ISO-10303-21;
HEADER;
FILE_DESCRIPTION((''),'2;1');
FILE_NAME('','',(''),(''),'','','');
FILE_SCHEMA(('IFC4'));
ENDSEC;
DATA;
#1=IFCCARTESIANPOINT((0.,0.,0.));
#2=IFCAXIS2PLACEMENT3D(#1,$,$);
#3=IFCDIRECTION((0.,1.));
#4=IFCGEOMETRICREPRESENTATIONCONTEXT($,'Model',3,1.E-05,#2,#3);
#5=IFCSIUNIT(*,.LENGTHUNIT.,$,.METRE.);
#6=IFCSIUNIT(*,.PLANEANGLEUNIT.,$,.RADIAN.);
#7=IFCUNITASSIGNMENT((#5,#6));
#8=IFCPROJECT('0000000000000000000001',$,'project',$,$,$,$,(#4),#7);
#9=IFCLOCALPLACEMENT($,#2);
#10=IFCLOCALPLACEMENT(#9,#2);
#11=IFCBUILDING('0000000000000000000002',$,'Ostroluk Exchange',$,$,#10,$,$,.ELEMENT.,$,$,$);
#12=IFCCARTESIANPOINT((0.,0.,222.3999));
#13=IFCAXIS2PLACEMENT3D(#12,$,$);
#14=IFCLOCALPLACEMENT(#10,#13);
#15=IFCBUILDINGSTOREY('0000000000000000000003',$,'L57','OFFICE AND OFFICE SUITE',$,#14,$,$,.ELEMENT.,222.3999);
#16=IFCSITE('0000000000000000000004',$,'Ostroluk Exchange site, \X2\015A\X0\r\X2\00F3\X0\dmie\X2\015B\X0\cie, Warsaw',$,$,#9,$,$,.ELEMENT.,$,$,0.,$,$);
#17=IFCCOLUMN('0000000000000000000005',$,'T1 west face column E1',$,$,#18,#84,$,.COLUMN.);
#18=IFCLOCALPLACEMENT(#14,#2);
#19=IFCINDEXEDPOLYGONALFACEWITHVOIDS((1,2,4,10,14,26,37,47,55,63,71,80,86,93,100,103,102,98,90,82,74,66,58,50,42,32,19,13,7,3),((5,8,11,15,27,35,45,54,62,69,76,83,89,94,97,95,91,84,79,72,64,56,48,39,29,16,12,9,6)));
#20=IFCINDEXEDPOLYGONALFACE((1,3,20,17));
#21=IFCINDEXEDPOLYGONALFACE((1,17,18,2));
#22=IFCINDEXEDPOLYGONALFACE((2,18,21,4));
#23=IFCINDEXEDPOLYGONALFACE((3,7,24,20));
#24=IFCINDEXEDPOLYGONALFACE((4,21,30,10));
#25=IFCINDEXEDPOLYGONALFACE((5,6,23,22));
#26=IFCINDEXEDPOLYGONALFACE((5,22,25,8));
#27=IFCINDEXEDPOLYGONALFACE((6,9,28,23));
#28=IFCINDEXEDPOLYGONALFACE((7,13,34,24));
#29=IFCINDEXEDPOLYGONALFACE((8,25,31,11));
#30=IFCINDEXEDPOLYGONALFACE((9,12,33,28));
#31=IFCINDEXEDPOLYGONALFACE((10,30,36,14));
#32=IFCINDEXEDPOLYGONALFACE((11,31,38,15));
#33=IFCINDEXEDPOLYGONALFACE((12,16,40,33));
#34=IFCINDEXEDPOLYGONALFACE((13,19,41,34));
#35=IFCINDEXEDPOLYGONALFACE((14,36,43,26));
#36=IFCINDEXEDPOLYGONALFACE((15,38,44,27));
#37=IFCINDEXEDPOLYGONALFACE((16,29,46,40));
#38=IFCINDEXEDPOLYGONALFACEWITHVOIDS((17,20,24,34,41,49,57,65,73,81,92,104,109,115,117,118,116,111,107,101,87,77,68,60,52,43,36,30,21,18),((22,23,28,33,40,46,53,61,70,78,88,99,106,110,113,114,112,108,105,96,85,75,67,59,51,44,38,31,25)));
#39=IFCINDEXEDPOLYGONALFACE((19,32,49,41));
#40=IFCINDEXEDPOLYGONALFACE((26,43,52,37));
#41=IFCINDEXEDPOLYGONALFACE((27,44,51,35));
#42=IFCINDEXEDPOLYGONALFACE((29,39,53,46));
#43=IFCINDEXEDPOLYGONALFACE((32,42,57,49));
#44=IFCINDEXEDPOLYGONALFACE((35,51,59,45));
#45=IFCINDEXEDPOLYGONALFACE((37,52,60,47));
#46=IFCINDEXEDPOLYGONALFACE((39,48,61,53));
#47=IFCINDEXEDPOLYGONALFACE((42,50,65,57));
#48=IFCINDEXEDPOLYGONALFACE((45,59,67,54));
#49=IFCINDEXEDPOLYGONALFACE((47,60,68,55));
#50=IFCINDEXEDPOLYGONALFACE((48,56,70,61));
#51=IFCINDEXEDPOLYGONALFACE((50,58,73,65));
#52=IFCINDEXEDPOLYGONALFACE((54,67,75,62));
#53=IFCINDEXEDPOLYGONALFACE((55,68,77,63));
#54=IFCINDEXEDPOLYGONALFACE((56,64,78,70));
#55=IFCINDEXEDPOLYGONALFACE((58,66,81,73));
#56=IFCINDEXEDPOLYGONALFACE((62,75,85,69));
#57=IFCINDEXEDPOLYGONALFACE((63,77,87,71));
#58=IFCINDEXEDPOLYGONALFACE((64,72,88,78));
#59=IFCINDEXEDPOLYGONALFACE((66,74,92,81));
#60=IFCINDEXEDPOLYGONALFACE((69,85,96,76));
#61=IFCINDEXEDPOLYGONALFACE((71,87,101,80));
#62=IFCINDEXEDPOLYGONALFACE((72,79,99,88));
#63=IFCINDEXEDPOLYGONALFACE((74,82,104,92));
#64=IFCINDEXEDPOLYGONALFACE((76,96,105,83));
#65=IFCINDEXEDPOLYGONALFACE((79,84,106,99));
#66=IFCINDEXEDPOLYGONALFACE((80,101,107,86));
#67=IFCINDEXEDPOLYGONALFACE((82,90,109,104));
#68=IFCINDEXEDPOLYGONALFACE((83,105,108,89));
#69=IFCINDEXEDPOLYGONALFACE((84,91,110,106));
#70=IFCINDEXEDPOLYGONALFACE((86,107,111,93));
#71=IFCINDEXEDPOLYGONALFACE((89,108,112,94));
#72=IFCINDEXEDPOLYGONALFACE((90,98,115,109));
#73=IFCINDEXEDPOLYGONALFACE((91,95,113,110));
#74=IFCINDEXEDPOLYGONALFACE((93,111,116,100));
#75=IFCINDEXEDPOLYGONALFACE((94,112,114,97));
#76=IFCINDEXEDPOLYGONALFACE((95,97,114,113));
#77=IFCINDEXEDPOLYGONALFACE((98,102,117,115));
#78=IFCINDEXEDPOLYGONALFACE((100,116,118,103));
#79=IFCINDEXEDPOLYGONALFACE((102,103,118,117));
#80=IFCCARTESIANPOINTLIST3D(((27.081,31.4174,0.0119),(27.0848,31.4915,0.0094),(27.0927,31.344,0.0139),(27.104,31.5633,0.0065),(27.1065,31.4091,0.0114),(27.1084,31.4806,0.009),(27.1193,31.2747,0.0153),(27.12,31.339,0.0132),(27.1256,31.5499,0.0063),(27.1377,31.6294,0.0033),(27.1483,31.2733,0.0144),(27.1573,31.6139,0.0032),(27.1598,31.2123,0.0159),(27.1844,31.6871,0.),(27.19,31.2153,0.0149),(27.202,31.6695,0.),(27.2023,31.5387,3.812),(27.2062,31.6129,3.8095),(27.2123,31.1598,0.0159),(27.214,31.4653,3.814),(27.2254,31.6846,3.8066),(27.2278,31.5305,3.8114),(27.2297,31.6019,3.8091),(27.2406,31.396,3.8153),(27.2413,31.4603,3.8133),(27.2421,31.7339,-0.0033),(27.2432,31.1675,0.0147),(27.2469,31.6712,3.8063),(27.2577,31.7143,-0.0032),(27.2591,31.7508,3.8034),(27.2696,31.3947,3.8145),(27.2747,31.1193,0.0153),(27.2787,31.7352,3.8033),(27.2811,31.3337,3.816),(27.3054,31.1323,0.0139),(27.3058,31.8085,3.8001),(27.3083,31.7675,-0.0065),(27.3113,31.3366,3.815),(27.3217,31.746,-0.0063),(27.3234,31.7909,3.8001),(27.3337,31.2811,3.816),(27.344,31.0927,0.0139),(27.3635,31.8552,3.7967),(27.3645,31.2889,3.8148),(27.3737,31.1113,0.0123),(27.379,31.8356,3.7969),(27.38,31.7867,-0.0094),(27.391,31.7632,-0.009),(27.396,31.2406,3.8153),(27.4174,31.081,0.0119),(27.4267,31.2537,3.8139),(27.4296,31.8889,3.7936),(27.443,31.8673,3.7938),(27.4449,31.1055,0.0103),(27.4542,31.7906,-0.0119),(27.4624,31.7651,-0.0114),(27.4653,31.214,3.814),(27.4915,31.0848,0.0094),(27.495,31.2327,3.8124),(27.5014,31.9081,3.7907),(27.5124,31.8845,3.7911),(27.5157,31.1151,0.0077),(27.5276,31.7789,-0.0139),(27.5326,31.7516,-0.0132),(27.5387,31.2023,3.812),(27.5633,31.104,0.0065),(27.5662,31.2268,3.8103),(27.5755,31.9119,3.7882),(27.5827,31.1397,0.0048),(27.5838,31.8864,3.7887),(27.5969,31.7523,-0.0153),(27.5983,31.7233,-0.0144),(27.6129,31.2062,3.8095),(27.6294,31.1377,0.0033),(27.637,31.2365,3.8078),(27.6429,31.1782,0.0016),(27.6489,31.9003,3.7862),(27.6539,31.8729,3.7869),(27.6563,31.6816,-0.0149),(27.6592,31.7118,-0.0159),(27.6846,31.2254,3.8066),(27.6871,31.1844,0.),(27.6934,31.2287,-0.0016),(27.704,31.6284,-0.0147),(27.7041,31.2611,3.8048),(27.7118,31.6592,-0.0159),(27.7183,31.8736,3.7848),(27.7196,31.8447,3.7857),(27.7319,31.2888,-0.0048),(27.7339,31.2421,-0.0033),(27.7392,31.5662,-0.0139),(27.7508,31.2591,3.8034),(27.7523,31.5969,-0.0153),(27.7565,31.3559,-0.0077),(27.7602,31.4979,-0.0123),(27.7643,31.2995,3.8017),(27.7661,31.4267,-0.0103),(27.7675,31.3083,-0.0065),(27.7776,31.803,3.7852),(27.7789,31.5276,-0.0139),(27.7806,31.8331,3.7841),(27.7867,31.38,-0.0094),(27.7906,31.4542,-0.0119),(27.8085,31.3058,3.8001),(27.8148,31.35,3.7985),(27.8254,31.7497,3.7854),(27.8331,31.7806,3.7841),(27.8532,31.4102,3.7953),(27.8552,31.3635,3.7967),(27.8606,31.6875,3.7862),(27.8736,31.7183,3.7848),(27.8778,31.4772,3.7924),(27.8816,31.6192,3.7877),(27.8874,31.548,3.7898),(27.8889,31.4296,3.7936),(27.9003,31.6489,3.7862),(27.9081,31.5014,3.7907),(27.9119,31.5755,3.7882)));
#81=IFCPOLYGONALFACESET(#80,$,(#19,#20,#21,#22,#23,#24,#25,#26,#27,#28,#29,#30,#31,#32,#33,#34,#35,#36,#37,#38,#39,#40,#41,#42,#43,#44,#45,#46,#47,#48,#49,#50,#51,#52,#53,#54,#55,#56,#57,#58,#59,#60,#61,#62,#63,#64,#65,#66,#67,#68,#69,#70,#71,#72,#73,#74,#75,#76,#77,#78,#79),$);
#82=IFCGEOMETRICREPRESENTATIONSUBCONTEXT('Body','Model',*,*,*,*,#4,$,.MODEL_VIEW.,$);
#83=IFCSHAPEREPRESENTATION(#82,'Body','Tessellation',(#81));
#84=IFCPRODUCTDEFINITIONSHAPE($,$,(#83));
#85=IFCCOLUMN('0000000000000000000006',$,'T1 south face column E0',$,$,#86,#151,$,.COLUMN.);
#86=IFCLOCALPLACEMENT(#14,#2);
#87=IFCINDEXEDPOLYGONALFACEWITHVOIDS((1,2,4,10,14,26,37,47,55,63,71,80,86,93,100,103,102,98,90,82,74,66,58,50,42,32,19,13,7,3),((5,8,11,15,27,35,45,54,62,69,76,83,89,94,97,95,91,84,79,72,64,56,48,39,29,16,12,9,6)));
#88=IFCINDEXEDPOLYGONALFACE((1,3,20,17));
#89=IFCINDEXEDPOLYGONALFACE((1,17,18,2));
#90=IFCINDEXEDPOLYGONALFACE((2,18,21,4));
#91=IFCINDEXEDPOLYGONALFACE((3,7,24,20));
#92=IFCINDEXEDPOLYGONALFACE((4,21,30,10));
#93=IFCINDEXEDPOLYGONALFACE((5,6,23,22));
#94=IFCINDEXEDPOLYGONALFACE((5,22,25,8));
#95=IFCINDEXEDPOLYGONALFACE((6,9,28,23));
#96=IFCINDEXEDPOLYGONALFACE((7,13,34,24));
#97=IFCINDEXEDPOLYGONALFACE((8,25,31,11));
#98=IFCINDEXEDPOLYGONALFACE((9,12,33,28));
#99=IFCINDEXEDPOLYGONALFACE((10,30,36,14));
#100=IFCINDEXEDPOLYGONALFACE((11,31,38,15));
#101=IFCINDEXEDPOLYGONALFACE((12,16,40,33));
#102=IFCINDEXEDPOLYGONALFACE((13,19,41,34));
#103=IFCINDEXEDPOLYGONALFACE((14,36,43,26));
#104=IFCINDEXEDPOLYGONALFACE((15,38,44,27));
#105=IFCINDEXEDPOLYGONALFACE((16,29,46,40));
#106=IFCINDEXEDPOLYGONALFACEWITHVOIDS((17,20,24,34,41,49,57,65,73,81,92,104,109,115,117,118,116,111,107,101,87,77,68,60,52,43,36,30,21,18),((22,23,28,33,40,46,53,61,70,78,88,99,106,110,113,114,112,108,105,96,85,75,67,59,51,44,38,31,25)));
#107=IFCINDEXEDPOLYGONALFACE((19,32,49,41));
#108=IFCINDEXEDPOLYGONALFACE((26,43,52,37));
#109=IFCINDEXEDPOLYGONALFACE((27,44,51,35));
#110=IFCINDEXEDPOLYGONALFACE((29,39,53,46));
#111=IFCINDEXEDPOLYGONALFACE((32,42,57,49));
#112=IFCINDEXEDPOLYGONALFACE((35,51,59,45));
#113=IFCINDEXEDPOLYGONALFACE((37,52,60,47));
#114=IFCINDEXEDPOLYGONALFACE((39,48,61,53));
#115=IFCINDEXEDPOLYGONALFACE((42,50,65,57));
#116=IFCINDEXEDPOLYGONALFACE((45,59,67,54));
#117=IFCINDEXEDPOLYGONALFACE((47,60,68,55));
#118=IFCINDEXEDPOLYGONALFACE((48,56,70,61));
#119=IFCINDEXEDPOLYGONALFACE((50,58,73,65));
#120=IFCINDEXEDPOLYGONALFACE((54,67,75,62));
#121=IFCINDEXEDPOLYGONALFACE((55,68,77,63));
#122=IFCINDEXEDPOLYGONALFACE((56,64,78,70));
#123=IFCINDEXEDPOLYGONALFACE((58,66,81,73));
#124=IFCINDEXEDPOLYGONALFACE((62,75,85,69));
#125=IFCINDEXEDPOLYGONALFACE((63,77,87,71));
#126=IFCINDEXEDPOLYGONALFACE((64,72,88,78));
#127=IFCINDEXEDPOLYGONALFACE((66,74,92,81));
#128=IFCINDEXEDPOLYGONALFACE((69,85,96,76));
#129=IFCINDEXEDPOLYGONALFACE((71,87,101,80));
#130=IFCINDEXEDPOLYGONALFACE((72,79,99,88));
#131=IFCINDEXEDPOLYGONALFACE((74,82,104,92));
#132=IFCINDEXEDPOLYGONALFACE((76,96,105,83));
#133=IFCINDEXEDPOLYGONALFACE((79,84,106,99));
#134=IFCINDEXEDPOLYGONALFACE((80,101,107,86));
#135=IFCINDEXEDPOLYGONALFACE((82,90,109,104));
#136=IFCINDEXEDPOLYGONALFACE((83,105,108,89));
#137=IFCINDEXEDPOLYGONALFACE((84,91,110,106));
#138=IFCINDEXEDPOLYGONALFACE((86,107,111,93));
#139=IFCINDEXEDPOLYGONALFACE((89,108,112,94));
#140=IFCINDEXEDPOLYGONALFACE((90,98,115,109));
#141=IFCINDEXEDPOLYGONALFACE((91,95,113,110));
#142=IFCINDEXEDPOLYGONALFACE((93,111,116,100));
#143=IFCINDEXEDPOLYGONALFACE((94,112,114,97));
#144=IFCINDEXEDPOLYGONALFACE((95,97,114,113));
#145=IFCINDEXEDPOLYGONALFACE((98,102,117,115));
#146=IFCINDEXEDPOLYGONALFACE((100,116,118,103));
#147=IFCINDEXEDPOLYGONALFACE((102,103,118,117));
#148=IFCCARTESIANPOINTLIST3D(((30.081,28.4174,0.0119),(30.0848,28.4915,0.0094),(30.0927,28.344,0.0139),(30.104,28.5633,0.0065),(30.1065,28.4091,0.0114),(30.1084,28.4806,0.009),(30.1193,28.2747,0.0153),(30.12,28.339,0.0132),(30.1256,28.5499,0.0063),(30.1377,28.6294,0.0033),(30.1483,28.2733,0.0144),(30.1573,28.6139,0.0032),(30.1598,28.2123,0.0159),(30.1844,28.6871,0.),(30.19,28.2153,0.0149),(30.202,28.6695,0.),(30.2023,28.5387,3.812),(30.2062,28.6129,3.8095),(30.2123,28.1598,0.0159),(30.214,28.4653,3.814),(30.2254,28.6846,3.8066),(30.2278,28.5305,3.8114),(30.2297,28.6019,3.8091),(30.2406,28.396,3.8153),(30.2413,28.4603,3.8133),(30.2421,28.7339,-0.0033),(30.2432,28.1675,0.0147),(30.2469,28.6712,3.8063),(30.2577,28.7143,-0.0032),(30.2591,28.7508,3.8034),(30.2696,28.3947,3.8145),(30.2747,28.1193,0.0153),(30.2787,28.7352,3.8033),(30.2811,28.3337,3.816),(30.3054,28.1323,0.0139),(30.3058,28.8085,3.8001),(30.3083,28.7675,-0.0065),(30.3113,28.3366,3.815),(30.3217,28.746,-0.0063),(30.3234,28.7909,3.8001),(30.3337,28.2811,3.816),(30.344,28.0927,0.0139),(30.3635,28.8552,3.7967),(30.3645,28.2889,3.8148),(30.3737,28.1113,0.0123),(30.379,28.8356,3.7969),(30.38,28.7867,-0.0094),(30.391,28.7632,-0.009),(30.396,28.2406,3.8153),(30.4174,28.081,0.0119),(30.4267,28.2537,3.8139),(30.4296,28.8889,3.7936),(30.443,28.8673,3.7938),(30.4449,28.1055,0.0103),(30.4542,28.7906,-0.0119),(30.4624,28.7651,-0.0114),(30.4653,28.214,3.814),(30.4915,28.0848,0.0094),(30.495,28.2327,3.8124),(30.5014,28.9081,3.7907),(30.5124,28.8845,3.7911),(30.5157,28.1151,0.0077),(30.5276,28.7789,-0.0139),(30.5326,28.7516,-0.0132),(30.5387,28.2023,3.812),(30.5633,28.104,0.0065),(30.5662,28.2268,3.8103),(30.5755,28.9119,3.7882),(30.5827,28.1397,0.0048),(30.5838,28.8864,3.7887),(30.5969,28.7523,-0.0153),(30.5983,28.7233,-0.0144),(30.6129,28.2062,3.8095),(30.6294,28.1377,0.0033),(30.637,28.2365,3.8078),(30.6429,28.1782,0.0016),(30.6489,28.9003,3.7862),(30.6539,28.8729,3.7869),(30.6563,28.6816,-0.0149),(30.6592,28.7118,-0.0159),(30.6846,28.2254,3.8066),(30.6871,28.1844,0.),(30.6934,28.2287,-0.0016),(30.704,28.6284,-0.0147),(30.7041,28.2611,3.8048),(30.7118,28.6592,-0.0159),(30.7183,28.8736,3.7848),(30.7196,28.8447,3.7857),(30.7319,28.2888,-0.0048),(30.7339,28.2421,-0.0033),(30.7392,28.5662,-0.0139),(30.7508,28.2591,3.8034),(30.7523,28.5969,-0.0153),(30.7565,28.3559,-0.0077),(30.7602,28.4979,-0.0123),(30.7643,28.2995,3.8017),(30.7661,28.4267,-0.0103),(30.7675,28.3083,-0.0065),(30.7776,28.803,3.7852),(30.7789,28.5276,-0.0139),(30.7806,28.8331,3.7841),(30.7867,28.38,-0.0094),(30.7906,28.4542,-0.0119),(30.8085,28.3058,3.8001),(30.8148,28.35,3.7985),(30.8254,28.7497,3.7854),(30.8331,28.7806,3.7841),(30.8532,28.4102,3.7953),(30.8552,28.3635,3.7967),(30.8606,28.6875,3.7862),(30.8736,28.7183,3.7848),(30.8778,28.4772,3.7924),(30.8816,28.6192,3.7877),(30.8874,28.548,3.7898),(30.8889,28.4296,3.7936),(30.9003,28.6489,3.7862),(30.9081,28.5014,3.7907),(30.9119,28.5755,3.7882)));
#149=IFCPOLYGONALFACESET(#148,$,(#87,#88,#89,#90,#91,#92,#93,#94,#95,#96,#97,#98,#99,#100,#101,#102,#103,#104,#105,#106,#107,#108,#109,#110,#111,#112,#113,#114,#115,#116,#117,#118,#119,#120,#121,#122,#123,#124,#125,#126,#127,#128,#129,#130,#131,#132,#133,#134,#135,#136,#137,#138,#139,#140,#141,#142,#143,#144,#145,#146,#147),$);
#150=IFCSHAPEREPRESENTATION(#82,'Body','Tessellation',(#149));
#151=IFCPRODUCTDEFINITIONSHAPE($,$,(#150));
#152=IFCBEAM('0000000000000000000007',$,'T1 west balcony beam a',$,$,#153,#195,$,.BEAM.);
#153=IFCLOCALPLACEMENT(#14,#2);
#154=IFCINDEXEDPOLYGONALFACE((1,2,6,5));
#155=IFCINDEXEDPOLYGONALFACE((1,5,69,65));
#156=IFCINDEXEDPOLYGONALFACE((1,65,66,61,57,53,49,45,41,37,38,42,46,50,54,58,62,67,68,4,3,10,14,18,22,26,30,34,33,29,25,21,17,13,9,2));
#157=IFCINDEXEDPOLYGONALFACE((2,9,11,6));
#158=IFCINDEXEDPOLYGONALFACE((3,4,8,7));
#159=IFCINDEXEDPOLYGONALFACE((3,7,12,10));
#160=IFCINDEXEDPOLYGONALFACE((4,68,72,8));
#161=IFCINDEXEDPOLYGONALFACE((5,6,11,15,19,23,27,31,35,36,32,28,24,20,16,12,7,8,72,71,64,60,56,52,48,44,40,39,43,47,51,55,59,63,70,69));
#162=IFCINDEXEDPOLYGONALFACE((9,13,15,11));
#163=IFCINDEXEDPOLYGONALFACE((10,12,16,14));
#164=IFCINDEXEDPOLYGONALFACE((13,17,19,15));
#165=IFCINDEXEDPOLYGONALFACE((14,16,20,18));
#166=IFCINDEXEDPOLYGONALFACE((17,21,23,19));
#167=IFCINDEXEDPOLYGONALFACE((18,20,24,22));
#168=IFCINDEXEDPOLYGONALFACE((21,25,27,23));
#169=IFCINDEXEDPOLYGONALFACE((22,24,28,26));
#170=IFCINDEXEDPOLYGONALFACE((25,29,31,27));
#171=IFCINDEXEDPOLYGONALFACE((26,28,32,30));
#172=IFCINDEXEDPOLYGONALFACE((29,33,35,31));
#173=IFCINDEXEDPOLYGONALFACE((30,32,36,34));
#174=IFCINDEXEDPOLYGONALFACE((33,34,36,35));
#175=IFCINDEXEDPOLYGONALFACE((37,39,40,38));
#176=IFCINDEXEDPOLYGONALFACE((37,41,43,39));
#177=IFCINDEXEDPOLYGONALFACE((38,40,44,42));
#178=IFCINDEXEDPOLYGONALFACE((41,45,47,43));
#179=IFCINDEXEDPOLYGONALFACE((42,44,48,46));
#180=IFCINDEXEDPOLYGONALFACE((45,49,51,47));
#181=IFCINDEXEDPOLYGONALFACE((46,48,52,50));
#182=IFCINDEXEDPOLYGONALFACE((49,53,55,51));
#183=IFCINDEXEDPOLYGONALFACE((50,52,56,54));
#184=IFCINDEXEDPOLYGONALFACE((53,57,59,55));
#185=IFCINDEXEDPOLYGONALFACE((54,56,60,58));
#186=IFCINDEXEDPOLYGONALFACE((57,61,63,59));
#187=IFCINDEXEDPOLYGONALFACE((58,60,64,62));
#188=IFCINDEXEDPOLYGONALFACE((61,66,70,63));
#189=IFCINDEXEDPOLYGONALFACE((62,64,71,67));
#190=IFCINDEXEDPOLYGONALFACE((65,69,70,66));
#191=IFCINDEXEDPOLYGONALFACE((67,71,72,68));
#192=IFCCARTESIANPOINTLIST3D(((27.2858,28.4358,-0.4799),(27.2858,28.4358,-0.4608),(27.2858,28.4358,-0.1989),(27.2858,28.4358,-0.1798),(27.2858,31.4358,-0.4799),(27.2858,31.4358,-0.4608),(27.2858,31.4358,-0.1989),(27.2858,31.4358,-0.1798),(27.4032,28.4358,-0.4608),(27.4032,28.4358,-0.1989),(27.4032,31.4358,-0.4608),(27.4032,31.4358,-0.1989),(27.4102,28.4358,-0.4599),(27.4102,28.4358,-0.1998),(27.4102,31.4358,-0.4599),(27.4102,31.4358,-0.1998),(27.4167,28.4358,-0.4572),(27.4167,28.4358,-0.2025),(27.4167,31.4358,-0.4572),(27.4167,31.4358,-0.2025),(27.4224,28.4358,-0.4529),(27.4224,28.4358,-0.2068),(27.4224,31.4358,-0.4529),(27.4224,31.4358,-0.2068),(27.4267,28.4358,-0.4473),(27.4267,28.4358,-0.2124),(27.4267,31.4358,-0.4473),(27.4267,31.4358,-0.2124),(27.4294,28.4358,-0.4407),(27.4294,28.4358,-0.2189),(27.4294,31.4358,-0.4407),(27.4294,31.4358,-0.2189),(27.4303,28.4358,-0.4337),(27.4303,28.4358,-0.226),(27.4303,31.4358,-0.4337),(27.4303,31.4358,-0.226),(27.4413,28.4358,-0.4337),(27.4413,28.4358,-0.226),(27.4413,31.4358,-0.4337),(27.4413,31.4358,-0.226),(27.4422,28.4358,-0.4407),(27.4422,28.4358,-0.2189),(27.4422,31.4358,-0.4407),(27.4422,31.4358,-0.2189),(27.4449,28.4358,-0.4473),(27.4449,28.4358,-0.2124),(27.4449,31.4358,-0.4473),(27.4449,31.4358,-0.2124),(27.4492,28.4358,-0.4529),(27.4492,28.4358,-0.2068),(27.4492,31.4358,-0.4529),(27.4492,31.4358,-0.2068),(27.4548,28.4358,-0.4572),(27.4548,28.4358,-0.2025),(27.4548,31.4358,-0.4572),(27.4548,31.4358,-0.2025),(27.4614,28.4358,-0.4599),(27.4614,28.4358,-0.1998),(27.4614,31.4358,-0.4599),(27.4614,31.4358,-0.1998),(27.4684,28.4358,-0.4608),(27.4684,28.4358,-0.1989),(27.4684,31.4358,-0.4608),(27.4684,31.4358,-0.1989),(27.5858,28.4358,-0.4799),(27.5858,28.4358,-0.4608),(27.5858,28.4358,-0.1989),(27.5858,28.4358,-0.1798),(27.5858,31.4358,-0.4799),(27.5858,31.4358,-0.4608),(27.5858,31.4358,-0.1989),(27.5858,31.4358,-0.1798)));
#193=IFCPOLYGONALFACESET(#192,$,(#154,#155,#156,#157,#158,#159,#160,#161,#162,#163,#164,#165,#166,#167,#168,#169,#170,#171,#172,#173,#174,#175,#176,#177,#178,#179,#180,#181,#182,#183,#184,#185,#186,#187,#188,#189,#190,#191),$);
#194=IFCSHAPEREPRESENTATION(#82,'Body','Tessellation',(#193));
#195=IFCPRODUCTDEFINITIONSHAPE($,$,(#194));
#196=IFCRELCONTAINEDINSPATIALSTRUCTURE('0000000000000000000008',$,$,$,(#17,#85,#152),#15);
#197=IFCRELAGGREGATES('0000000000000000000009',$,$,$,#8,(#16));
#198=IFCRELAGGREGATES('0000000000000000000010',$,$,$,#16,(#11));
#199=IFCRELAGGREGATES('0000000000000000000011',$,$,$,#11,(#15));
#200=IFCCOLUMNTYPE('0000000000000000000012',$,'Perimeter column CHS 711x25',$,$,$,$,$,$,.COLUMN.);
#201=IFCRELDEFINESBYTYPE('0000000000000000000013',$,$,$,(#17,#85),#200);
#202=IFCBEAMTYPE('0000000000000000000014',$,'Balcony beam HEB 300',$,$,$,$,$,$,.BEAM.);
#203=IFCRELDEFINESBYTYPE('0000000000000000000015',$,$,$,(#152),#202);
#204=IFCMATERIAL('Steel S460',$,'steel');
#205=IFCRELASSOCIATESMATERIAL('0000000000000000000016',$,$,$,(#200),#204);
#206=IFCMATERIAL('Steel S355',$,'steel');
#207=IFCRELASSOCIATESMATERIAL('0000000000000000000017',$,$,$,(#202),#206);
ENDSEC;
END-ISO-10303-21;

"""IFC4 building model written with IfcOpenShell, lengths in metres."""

from ifc_helpers import new_model, si_unit, direction, frame, origin, origin_2d, place, context, subcontext, project, spatial, hollow_circle, i_section, extrude, material, material_profile, profile_set, type_object, element, save


model = new_model("IFC4")

# Units and contexts
model_context = context("Model", 3, precision=1e-05, world=origin(), true_north=direction((0.0, 1.0)))
body_context = subcontext(model_context, "Body", "Model", "MODEL_VIEW")
ifc_project = project(units=[si_unit("LENGTHUNIT", "METRE"), si_unit("PLANEANGLEUNIT", "RADIAN")], contexts=[model_context])

# Site, building, storey
site_placement = place(None, origin())
site = spatial("IfcSite", under=ifc_project, at=site_placement, Name="Ostroluk Exchange site, Śródmieście, Warsaw", CompositionType="ELEMENT", RefElevation=0.0)
building_placement = place(site_placement, origin())
building = spatial("IfcBuilding", under=site, at=building_placement, Name="Ostroluk Exchange", CompositionType="ELEMENT")
storey_placement = place(building_placement, frame((0.0, 0.0, 222.3999)))
storey = spatial("IfcBuildingStorey", under=building, at=storey_placement, Name="L57", Description="OFFICE AND OFFICE SUITE", CompositionType="ELEMENT", Elevation=222.3999)

# Columns
ifc_material_1 = material(Name="Steel S460", Category="steel")
ifc_material_profile_1 = material_profile(ifc_material_1, hollow_circle(Radius=0.3555, WallThickness=0.0249, at=origin_2d()), Name="CHS 711x25")
ifc_profile_set_1 = profile_set([ifc_material_profile_1], Name="Steel S460")
column_type = type_object("IfcColumnType", Name="Perimeter column CHS 711x25", PredefinedType="COLUMN", material=ifc_profile_set_1)
for number, where, z_axis, x_axis, name in (
    (1, (27.4358, 31.4358, 0.0), (0.031898, 0.031898, 0.998982), (-0.707107, 0.707107, 0.0), "T1 west face column E1"),
    (2, (30.4358, 28.4358, 0.0), (0.031898, 0.031898, 0.998982), (-0.707107, 0.707107, 0.0), "T1 south face column E0"),
):
    element("IfcColumn", number, at=place(storey_placement, frame(where, z_axis=z_axis, x_axis=x_axis)), inside=storey, type_object=column_type, Name=name, PredefinedType="COLUMN", context=body_context, shape_type="SweptSolid", body=[
        extrude(hollow_circle(Radius=0.3555, WallThickness=0.0249, at=origin_2d()), origin(), (0.0, 0.0, 1.0), 3.804),
    ])

# Beam
ifc_material_2 = material(Name="Steel S355", Category="steel")
ifc_material_profile_2 = material_profile(ifc_material_2, i_section(OverallWidth=0.3, OverallDepth=0.3, WebThickness=0.011, FlangeThickness=0.019, FilletRadius=0.0271, at=origin_2d()), Name="HEB 300")
ifc_profile_set_2 = profile_set([ifc_material_profile_2], Name="Steel S355")
beam_type_1 = type_object("IfcBeamType", Name="Balcony beam HEB 300", PredefinedType="BEAM", material=ifc_profile_set_2)
for number, where, z_axis, x_axis, name in (
    (3, (27.4358, 31.4358, -0.3298), (0.0, -1.0, 0.0), (1.0, 0.0, 0.0), "T1 west balcony beam a"),
):
    element("IfcBeam", number, at=place(storey_placement, frame(where, z_axis=z_axis, x_axis=x_axis)), inside=storey, type_object=beam_type_1, Name=name, PredefinedType="BEAM", context=body_context, shape_type="SweptSolid", body=[
        extrude(i_section(OverallWidth=0.3, OverallDepth=0.3, WebThickness=0.011, FlangeThickness=0.019, FilletRadius=0.0271, at=origin_2d()), origin(), (0.0, 0.0, 1.0), 3.0),
    ])

save(model, "model.ifc")
